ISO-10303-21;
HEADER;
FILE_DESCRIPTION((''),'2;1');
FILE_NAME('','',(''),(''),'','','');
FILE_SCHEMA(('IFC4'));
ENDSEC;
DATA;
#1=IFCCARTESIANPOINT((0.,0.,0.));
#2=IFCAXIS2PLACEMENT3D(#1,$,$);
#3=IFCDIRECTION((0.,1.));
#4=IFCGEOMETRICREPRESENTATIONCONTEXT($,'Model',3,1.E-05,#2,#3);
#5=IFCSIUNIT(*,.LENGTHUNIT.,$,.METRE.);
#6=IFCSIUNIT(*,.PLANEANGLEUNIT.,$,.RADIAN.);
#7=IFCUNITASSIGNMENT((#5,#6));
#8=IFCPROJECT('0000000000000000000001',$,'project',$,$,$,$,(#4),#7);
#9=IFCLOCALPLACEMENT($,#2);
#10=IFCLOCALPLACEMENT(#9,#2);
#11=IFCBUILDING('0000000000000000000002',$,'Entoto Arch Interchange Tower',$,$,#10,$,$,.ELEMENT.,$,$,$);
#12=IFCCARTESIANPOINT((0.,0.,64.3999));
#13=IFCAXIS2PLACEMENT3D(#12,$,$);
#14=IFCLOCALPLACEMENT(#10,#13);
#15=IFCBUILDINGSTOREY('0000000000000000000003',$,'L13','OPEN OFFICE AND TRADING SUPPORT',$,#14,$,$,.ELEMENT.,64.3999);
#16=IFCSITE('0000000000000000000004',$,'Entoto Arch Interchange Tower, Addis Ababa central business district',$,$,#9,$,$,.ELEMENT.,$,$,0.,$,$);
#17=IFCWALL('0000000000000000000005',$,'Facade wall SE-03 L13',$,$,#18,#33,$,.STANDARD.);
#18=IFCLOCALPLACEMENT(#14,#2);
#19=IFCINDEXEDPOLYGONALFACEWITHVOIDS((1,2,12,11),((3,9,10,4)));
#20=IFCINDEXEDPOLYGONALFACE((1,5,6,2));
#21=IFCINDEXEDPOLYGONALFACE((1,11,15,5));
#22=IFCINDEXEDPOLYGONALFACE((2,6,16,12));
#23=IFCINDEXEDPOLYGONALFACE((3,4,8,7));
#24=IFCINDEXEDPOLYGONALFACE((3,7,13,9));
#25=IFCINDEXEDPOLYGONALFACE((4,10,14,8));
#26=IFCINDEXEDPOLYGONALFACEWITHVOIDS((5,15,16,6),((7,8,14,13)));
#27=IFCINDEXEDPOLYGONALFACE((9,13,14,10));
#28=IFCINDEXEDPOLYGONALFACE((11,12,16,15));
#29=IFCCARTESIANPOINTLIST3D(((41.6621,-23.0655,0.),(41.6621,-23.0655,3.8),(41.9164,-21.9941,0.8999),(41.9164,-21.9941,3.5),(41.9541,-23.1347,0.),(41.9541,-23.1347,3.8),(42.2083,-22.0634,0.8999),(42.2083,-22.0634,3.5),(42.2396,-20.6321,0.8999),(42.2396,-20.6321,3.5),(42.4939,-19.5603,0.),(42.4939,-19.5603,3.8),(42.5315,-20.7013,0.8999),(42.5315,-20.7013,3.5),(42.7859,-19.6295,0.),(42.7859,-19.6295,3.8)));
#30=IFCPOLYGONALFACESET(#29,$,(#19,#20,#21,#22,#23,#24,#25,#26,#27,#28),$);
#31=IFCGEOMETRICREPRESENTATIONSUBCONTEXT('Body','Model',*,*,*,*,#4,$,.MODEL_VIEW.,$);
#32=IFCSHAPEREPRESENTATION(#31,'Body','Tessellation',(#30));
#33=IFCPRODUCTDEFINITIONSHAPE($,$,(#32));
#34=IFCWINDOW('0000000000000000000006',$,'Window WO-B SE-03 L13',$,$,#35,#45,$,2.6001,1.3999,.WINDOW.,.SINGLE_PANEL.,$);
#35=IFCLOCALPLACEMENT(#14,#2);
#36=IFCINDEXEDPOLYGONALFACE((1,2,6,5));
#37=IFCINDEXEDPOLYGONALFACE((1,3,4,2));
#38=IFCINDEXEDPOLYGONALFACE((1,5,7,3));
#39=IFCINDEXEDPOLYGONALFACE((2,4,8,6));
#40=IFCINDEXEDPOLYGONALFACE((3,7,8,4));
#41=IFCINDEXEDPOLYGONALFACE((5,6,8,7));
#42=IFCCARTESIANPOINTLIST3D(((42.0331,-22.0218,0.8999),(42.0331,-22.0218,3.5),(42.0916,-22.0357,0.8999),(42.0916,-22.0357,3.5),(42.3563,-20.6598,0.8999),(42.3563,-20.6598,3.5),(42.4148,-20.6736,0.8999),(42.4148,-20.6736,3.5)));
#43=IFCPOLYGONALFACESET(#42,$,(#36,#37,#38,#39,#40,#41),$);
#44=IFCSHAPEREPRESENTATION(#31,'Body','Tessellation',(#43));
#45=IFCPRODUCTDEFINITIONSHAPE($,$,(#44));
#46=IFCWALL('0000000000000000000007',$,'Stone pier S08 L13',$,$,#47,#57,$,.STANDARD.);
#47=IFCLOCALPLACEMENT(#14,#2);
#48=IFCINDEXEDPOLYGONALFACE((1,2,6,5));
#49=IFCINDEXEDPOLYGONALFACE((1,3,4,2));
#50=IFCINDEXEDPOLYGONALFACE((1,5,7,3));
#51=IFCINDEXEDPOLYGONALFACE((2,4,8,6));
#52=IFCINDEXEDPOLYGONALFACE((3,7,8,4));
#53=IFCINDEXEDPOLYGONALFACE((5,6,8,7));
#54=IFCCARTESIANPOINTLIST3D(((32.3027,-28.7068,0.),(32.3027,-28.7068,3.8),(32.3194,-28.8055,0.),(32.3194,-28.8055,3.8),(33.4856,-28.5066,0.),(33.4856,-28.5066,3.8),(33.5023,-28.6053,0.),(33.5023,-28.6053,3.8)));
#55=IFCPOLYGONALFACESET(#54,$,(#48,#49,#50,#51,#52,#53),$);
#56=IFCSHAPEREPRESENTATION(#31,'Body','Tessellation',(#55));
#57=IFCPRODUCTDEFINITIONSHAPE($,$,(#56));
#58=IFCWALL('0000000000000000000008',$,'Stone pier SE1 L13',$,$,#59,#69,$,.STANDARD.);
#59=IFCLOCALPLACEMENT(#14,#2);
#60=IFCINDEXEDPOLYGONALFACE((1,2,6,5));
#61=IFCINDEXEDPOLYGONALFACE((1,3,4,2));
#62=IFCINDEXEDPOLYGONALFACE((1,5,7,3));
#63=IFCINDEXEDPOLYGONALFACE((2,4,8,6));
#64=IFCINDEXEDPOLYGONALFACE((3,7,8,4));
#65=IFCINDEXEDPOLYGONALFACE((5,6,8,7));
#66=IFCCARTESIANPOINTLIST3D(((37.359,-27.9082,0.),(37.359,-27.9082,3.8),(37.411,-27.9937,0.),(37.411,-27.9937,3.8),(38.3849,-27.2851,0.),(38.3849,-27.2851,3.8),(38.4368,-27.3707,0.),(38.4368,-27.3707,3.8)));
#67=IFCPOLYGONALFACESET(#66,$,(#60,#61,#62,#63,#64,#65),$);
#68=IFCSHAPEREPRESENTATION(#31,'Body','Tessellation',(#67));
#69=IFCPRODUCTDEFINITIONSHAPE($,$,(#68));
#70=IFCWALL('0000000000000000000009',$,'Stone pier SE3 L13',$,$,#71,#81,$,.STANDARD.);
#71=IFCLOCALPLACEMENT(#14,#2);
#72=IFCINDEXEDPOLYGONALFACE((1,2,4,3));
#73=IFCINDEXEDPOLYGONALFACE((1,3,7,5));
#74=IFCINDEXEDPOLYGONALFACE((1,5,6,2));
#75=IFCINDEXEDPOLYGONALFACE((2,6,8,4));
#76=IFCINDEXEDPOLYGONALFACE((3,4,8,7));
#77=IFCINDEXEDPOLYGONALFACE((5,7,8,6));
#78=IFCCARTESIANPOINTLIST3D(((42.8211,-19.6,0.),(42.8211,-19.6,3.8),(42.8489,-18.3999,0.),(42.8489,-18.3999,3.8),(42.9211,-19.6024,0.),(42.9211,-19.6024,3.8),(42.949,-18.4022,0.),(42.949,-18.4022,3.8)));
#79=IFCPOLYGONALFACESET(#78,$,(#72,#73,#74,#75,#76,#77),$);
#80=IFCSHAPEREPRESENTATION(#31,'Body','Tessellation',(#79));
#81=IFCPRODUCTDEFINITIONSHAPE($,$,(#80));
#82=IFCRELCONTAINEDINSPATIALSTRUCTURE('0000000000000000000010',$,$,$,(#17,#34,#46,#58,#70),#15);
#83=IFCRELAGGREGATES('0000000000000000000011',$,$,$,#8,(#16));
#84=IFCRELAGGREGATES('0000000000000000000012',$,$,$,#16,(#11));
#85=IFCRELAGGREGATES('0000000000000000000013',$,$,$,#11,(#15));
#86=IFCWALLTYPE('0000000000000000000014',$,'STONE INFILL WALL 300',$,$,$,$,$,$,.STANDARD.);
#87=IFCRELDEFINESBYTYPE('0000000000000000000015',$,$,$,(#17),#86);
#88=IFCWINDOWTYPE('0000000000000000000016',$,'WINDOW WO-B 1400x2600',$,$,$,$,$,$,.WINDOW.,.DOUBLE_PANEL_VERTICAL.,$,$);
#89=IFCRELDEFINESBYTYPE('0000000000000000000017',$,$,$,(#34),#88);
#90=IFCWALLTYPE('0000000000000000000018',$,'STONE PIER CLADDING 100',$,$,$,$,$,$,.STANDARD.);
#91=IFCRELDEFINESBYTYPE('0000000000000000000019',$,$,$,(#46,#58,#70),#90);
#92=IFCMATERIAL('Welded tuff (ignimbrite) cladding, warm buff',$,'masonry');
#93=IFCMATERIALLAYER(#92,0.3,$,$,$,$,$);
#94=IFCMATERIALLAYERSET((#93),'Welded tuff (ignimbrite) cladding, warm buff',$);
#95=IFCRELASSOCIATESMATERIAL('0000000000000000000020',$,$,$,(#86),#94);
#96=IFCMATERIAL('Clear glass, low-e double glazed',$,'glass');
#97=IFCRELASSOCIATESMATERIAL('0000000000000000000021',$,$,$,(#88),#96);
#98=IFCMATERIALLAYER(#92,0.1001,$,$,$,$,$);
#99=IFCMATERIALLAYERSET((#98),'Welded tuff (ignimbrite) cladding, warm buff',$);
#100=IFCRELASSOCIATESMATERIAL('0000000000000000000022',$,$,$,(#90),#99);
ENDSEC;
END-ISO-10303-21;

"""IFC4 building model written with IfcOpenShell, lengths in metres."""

from ifc_helpers import new_model, si_unit, direction, frame, frame_2d, origin, place, context, subcontext, project, spatial, rectangle, extrude, material, layer, layer_set, type_object, element, fill, save


model = new_model("IFC4")

# Units and contexts
model_context = context("Model", 3, precision=1e-05, world=origin(), true_north=direction((0.0, 1.0)))
body_context = subcontext(model_context, "Body", "Model", "MODEL_VIEW")
ifc_project = project(units=[si_unit("LENGTHUNIT", "METRE"), si_unit("PLANEANGLEUNIT", "RADIAN")], contexts=[model_context])

# Site, building, storey
site_placement = place(None, origin())
site = spatial("IfcSite", under=ifc_project, at=site_placement, Name="Entoto Arch Interchange Tower, Addis Ababa central business district", CompositionType="ELEMENT", RefElevation=0.0)
building_placement = place(site_placement, origin())
building = spatial("IfcBuilding", under=site, at=building_placement, Name="Entoto Arch Interchange Tower", CompositionType="ELEMENT")
storey_placement = place(building_placement, frame((0.0, 0.0, 64.3999)))
storey = spatial("IfcBuildingStorey", under=building, at=storey_placement, Name="L13", Description="OPEN OFFICE AND TRADING SUPPORT", CompositionType="ELEMENT", Elevation=64.3999)

# Wall, opening, window
ifc_material_1 = material(Name="Welded tuff (ignimbrite) cladding, warm buff", Category="masonry")
ifc_layer_1 = layer(ifc_material_1, 0.3)
ifc_layer_set_1 = layer_set([ifc_layer_1], Name="Welded tuff (ignimbrite) cladding, warm buff")
wall_type_1 = type_object("IfcWallType", Name="STONE INFILL WALL 300", PredefinedType="STANDARD", material=ifc_layer_set_1)
ifc_material_2 = material(Name="Clear glass, low-e double glazed", Category="glass")
window_type = type_object("IfcWindowType", Name="WINDOW WO-B 1400x2600", PartitioningType="DOUBLE_PANEL_VERTICAL", PredefinedType="WINDOW", material=ifc_material_2)
wall_1_placement = place(storey_placement, frame((41.8081, -23.1001, 0.0), z_axis=(0.0, 0.0, 1.0), x_axis=(0.230894, 0.972979, 0.0)))
wall_1 = element("IfcWall", 1, at=wall_1_placement, inside=storey, type_object=wall_type_1, Name="Facade wall SE-03 L13", PredefinedType="STANDARD", context=body_context, shape_type="SweptSolid", body=[
    extrude(rectangle(XDim=3.6025, YDim=0.3, at=frame_2d((1.8013, 0.0))), origin(), (0.0, 0.0, 1.0), 3.8),
])
opening_1_placement = place(wall_1_placement, frame((1.1011, 0.0, 0.8999)))
opening_1 = element("IfcOpeningElement", 2, at=opening_1_placement, cuts=wall_1, PredefinedType="OPENING", context=body_context, shape_type="SweptSolid", body=[
    extrude(rectangle(XDim=1.3999, YDim=2.6001, at=frame_2d((0.7, 1.3))), frame((0.0, 0.1602, 0.0), z_axis=(0.0, -1.0, 0.0), x_axis=(1.0, 0.0, 0.0)), (0.0, 0.0, 1.0), 0.3201),
])
window_1_placement = place(opening_1_placement, origin())
window_1 = element("IfcWindow", 3, at=window_1_placement, inside=storey, type_object=window_type, Name="Window WO-B SE-03 L13", OverallHeight=2.6001, OverallWidth=1.3999, PartitioningType="SINGLE_PANEL", PredefinedType="WINDOW", context=body_context, shape_type="SweptSolid", body=[
    extrude(rectangle(XDim=1.3999, YDim=2.6001, at=frame_2d((0.7, 1.3))), frame((0.0, 0.03, 0.0), z_axis=(0.0, -1.0, 0.0), x_axis=(1.0, 0.0, 0.0)), (0.0, 0.0, 1.0), 0.0601),
])
fill(opening_1, window_1)

# Walls
ifc_layer_2 = layer(ifc_material_1, 0.1001)
ifc_layer_set_2 = layer_set([ifc_layer_2], Name="Welded tuff (ignimbrite) cladding, warm buff")
wall_type_2 = type_object("IfcWallType", Name="STONE PIER CLADDING 100", PredefinedType="STANDARD", material=ifc_layer_set_2)
wall_2_placement = place(storey_placement, frame((32.311, -28.7561, 0.0), z_axis=(0.0, 0.0, 1.0), x_axis=(0.985978, 0.166874, 0.0)))
element("IfcWall", 4, at=wall_2_placement, inside=storey, type_object=wall_type_2, Name="Stone pier S08 L13", PredefinedType="STANDARD", context=body_context, shape_type="SweptSolid", body=[
    extrude(rectangle(XDim=1.1997, YDim=0.1001, at=frame_2d((0.5999, 0.0))), origin(), (0.0, 0.0, 1.0), 3.8),
])
wall_3_placement = place(storey_placement, frame((37.385, -27.9509, 0.0), z_axis=(0.0, 0.0, 1.0), x_axis=(0.854717, 0.519095, 0.0)))
element("IfcWall", 5, at=wall_3_placement, inside=storey, type_object=wall_type_2, Name="Stone pier SE1 L13", PredefinedType="STANDARD", context=body_context, shape_type="SweptSolid", body=[
    extrude(rectangle(XDim=1.2002, YDim=0.1001, at=frame_2d((0.6001, 0.0))), origin(), (0.0, 0.0, 1.0), 3.8),
])
wall_4_placement = place(storey_placement, frame((42.8711, -19.6011, 0.0), z_axis=(0.0, 0.0, 1.0), x_axis=(0.023183, 0.999731, 0.0)))
element("IfcWall", 6, at=wall_4_placement, inside=storey, type_object=wall_type_2, Name="Stone pier SE3 L13", PredefinedType="STANDARD", context=body_context, shape_type="SweptSolid", body=[
    extrude(rectangle(XDim=1.2004, YDim=0.1001, at=frame_2d((0.6001, 0.0))), origin(), (0.0, 0.0, 1.0), 3.8),
])

save(model, "model.ifc")
